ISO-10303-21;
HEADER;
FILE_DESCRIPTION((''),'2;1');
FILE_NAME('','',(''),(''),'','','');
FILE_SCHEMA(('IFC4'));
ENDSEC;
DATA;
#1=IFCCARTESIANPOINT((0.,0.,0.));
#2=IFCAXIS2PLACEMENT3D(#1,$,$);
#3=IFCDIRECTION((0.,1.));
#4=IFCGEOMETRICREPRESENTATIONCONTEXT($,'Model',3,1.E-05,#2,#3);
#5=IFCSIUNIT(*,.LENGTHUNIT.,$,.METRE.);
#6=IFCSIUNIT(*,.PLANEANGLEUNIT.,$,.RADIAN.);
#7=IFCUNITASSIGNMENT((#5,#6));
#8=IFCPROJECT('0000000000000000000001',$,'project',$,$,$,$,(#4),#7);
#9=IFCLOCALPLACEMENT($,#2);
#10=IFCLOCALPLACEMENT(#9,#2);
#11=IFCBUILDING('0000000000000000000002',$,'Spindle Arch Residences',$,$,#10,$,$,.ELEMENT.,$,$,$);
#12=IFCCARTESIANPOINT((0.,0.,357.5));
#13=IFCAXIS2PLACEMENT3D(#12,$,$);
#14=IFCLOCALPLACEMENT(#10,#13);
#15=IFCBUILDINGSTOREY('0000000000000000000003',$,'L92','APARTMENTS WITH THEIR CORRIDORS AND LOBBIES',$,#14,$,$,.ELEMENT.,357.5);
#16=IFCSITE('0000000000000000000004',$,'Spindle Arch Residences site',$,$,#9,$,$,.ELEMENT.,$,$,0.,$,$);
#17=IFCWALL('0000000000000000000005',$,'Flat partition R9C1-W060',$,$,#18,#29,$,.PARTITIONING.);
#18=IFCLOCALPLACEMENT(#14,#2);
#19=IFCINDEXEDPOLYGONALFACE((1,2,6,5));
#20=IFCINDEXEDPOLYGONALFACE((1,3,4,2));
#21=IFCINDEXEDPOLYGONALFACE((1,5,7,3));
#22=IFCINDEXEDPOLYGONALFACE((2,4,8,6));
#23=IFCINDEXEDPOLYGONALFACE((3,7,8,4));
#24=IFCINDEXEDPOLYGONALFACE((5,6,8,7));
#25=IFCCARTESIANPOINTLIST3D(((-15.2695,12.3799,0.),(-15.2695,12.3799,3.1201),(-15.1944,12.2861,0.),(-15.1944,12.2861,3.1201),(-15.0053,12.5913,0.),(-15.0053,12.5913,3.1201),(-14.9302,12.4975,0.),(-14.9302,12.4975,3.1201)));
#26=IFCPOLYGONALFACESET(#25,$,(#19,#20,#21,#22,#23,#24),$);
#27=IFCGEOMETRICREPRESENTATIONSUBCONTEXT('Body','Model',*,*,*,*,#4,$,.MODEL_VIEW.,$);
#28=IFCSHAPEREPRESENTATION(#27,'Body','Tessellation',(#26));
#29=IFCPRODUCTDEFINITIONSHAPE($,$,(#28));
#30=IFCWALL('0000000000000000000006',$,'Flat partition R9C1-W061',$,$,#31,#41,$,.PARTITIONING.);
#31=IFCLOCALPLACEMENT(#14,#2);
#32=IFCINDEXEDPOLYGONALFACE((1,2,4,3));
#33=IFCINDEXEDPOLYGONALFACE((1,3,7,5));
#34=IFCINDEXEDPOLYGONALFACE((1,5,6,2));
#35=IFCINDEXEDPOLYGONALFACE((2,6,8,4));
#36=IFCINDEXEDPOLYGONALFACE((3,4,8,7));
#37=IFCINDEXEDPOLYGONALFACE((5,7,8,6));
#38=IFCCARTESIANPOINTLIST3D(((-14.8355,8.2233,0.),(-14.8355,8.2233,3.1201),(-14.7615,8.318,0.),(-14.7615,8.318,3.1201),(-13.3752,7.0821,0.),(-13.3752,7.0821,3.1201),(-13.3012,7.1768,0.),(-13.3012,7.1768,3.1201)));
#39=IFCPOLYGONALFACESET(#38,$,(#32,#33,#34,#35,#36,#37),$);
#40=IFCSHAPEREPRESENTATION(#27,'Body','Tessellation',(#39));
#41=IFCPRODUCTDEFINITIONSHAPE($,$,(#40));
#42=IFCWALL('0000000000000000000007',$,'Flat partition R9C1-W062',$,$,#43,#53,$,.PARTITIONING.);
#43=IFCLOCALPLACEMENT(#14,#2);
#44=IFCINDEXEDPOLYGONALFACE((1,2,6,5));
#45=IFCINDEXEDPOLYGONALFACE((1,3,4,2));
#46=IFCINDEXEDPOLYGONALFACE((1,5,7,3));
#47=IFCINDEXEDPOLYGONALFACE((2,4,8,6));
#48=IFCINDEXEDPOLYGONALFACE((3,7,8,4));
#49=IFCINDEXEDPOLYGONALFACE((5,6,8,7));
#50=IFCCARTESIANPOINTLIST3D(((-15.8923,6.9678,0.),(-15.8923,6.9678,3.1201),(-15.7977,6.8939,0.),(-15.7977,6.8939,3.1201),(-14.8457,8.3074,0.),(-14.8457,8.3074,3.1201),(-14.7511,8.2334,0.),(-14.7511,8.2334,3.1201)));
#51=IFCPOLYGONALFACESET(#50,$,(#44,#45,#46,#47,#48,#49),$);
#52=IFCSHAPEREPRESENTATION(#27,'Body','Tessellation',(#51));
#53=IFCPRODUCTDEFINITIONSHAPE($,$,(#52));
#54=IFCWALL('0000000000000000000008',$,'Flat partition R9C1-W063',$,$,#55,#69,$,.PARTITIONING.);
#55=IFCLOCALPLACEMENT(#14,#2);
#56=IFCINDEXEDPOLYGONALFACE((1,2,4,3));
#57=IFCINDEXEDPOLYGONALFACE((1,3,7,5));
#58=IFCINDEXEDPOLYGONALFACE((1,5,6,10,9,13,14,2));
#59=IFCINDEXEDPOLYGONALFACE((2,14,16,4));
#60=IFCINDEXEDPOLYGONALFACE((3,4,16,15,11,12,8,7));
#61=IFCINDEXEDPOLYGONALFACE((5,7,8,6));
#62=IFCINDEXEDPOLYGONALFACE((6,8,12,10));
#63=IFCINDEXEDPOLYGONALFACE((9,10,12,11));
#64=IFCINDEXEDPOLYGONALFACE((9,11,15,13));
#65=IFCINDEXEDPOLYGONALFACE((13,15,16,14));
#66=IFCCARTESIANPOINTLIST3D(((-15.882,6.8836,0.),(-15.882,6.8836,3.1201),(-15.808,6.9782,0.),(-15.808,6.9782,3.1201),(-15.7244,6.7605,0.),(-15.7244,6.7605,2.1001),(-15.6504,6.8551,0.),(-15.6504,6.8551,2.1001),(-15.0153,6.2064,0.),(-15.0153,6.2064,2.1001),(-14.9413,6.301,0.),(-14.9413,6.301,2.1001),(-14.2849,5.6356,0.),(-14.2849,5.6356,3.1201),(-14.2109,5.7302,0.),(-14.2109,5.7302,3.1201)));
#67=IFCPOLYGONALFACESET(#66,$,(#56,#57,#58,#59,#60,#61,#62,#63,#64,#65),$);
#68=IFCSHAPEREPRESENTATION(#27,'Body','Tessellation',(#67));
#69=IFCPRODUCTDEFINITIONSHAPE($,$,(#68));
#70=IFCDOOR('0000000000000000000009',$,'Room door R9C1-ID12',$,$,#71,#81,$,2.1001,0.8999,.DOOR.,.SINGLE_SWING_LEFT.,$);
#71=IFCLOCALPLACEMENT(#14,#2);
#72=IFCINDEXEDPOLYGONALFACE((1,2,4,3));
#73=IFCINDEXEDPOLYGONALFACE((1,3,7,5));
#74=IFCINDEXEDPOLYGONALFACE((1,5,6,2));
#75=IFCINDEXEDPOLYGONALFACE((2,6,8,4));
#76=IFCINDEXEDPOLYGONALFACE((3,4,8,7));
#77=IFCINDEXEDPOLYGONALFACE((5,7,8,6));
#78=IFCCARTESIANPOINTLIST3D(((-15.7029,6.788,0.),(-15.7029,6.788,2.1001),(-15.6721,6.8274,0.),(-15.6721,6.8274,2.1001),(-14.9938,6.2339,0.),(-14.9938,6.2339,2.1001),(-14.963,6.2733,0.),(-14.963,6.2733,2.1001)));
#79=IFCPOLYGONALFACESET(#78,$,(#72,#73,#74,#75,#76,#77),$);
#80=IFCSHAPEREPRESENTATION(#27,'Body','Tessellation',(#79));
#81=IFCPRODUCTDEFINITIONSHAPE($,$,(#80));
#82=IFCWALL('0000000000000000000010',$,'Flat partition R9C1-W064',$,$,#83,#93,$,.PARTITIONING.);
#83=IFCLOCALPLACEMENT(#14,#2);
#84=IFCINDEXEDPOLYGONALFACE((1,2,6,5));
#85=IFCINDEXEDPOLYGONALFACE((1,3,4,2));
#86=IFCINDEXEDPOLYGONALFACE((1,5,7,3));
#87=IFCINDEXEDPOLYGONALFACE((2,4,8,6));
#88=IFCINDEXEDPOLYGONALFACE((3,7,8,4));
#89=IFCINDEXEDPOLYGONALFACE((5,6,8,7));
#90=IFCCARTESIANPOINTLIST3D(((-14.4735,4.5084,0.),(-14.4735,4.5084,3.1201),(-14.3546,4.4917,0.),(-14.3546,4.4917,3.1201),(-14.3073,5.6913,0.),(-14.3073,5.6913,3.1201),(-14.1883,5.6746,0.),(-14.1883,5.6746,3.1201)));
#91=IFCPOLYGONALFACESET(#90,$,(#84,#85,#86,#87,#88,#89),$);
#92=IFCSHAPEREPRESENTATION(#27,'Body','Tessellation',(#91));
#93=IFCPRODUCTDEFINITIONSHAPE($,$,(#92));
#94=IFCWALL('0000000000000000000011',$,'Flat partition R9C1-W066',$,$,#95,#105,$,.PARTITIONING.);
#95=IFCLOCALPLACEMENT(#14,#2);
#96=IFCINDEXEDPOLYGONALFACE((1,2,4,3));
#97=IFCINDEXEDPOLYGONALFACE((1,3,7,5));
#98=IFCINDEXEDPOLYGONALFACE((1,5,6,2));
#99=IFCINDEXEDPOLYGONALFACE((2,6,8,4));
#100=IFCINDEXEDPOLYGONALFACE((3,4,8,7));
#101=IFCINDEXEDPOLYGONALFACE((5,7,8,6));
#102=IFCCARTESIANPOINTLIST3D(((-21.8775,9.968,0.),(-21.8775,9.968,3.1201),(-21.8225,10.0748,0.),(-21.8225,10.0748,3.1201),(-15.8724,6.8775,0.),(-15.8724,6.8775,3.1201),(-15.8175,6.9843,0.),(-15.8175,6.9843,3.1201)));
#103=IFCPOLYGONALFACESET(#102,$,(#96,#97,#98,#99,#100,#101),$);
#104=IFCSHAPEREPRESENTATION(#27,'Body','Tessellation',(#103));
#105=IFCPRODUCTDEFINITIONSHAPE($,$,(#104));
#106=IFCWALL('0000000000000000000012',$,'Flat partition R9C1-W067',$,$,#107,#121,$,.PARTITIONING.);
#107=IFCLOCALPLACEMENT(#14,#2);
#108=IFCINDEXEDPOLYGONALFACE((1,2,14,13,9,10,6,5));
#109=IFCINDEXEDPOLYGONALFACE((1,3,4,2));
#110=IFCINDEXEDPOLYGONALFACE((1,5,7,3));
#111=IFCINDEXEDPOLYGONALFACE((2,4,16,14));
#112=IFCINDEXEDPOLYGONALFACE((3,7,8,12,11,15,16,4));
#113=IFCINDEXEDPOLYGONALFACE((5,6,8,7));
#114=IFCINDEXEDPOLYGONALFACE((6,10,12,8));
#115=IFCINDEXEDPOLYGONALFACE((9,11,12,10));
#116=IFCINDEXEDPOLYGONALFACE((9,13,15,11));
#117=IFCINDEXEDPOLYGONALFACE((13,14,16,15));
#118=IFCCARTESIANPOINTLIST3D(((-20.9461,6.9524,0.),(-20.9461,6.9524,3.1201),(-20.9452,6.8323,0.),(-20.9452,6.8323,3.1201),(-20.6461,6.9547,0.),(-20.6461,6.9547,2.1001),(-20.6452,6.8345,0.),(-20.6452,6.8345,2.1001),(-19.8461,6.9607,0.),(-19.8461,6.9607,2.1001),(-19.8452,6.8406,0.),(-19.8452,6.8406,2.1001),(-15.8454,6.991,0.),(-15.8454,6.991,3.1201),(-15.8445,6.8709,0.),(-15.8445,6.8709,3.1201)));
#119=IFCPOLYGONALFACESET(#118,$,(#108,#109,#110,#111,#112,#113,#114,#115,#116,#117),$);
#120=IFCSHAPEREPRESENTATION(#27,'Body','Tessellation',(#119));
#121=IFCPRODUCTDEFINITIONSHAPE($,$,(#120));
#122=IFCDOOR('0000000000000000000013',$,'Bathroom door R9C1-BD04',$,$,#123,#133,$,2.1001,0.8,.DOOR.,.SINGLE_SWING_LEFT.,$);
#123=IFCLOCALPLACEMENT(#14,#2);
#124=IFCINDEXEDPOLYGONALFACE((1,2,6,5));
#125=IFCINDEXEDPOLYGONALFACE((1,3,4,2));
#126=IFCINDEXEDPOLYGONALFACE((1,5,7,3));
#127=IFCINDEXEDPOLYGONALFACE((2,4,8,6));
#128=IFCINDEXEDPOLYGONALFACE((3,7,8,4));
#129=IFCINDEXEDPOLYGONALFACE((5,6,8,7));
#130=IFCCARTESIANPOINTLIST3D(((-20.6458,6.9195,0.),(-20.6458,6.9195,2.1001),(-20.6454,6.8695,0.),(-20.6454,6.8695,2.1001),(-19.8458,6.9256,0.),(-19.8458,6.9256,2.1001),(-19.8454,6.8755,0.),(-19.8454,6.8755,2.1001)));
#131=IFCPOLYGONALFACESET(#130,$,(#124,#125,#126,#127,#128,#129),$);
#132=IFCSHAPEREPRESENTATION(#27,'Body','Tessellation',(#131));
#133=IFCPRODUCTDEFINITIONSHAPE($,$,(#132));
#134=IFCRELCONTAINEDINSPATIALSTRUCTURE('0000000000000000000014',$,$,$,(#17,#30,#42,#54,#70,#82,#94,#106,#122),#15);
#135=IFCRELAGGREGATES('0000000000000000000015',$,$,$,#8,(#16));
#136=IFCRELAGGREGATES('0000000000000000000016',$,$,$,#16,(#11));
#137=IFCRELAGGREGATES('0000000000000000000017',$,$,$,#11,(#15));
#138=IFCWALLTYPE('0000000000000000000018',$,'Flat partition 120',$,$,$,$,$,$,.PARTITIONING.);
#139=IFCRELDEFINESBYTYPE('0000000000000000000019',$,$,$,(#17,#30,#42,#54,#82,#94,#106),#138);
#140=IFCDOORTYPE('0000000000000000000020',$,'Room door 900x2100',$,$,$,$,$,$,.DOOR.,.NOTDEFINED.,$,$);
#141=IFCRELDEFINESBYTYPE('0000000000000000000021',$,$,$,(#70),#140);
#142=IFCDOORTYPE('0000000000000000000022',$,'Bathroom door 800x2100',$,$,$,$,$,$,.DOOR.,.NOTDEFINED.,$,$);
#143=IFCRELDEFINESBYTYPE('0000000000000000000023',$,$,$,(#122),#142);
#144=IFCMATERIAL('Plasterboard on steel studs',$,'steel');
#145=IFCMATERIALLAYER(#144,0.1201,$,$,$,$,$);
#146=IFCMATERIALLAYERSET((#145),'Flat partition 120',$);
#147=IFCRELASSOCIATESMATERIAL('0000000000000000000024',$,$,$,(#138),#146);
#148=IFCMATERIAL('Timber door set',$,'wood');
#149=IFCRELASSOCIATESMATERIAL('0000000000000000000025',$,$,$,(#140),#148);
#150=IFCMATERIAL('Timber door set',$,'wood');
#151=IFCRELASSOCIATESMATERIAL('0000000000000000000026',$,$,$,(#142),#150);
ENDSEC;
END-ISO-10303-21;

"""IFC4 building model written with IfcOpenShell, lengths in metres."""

from ifc_helpers import new_model, si_unit, direction, frame, frame_2d, origin, place, context, subcontext, project, spatial, rectangle, extrude, material, layer, layer_set, type_object, element, fill, save


model = new_model("IFC4")

# Units and contexts
model_context = context("Model", 3, precision=1e-05, world=origin(), true_north=direction((0.0, 1.0)))
body_context = subcontext(model_context, "Body", "Model", "MODEL_VIEW")
ifc_project = project(units=[si_unit("LENGTHUNIT", "METRE"), si_unit("PLANEANGLEUNIT", "RADIAN")], contexts=[model_context])

# Site, building, storey
site_placement = place(None, origin())
site = spatial("IfcSite", under=ifc_project, at=site_placement, Name="Spindle Arch Residences site", CompositionType="ELEMENT", RefElevation=0.0)
building_placement = place(site_placement, origin())
building = spatial("IfcBuilding", under=site, at=building_placement, Name="Spindle Arch Residences", CompositionType="ELEMENT")
storey_placement = place(building_placement, frame((0.0, 0.0, 357.5)))
storey = spatial("IfcBuildingStorey", under=building, at=storey_placement, Name="L92", Description="APARTMENTS WITH THEIR CORRIDORS AND LOBBIES", CompositionType="ELEMENT", Elevation=357.5)

# Walls
ifc_material_1 = material(Name="Plasterboard on steel studs", Category="steel")
ifc_layer_1 = layer(ifc_material_1, 0.1201)
ifc_layer_set_1 = layer_set([ifc_layer_1], Name="Flat partition 120")
wall_type = type_object("IfcWallType", Name="Flat partition 120", PredefinedType="PARTITIONING", material=ifc_layer_set_1)
wall_1_placement = place(storey_placement, frame((-14.9678, 12.5444, 0.0), z_axis=(0.0, 0.0, 1.0), x_axis=(-0.780728, -0.624871, 0.0)))
element("IfcWall", 1, at=wall_1_placement, inside=storey, type_object=wall_type, Name="Flat partition R9C1-W060", PredefinedType="PARTITIONING", context=body_context, shape_type="SweptSolid", body=[
    extrude(rectangle(XDim=0.3384, YDim=0.1201, at=frame_2d((0.1692, 0.0))), origin(), (0.0, 0.0, 1.0), 3.1201),
])
wall_2_placement = place(storey_placement, frame((-13.3381, 7.1294, 0.0), z_axis=(0.0, 0.0, 1.0), x_axis=(-0.787938, 0.615754, 0.0)))
element("IfcWall", 2, at=wall_2_placement, inside=storey, type_object=wall_type, Name="Flat partition R9C1-W061", PredefinedType="PARTITIONING", context=body_context, shape_type="SweptSolid", body=[
    extrude(rectangle(XDim=1.8533, YDim=0.1201, at=frame_2d((0.9268, 0.0))), origin(), (0.0, 0.0, 1.0), 3.1201),
])
wall_3_placement = place(storey_placement, frame((-14.7983, 8.2705, 0.0), z_axis=(0.0, 0.0, 1.0), x_axis=(-0.615669, -0.788005, 0.0)))
element("IfcWall", 3, at=wall_3_placement, inside=storey, type_object=wall_type, Name="Flat partition R9C1-W062", PredefinedType="PARTITIONING", context=body_context, shape_type="SweptSolid", body=[
    extrude(rectangle(XDim=1.7, YDim=0.1201, at=frame_2d((0.8501, 0.0))), origin(), (0.0, 0.0, 1.0), 3.1201),
])

# Wall, opening, door
wall_4_placement = place(storey_placement, frame((-15.845, 6.9309, 0.0), z_axis=(0.0, 0.0, 1.0), x_axis=(0.787962, -0.615724, 0.0)))
wall_4 = element("IfcWall", 4, at=wall_4_placement, inside=storey, type_object=wall_type, Name="Flat partition R9C1-W063", PredefinedType="PARTITIONING", context=body_context, shape_type="SweptSolid", body=[
    extrude(rectangle(XDim=2.0269, YDim=0.1201, at=frame_2d((1.0134, 0.0))), origin(), (0.0, 0.0, 1.0), 3.1201),
])
opening_1_placement = place(wall_4_placement, frame((0.2, 0.0, 0.0)))
opening_1 = element("IfcOpeningElement", 5, at=opening_1_placement, cuts=wall_4, PredefinedType="OPENING", context=body_context, shape_type="SweptSolid", body=[
    extrude(rectangle(XDim=0.8999, YDim=2.1001, at=frame_2d((0.45, 1.05))), frame((0.0, 0.0701, 0.0), z_axis=(0.0, -1.0, 0.0), x_axis=(1.0, 0.0, 0.0)), (0.0, 0.0, 1.0), 0.1401),
])
ifc_material_2 = material(Name="Timber door set", Category="wood")
door_type_1 = type_object("IfcDoorType", Name="Room door 900x2100", OperationType="NOTDEFINED", PredefinedType="DOOR", material=ifc_material_2)
door_1_placement = place(opening_1_placement, origin())
door_1 = element("IfcDoor", 6, at=door_1_placement, inside=storey, type_object=door_type_1, Name="Room door R9C1-ID12", OperationType="SINGLE_SWING_LEFT", OverallHeight=2.1001, OverallWidth=0.8999, PredefinedType="DOOR", context=body_context, shape_type="SweptSolid", body=[
    extrude(rectangle(XDim=0.8999, YDim=2.1001, at=frame_2d((0.45, 1.05))), frame((0.0, 0.0249, 0.0), z_axis=(0.0, -1.0, 0.0), x_axis=(1.0, 0.0, 0.0)), (0.0, 0.0, 1.0), 0.05),
])
fill(opening_1, door_1)

# Walls
wall_5_placement = place(storey_placement, frame((-14.2478, 5.6829, 0.0), z_axis=(0.0, 0.0, 1.0), x_axis=(-0.139189, -0.990266, 0.0)))
element("IfcWall", 7, at=wall_5_placement, inside=storey, type_object=wall_type, Name="Flat partition R9C1-W064", PredefinedType="PARTITIONING", context=body_context, shape_type="SweptSolid", body=[
    extrude(rectangle(XDim=1.1946, YDim=0.1201, at=frame_2d((0.5972, 0.0))), origin(), (0.0, 0.0, 1.0), 3.1201),
])
wall_6_placement = place(storey_placement, frame((-21.8501, 10.0215, 0.0), z_axis=(0.0, 0.0, 1.0), x_axis=(0.889154, -0.457609, 0.0)))
element("IfcWall", 8, at=wall_6_placement, inside=storey, type_object=wall_type, Name="Flat partition R9C1-W066", PredefinedType="PARTITIONING", context=body_context, shape_type="SweptSolid", body=[
    extrude(rectangle(XDim=6.7537, YDim=0.1201, at=frame_2d((3.377, 0.0))), origin(), (0.0, 0.0, 1.0), 3.1201),
])

# Wall, opening, door
wall_7_placement = place(storey_placement, frame((-20.9456, 6.8923, 0.0), z_axis=(0.0, 0.0, 1.0), x_axis=(0.999971, 0.007562, 0.0)))
wall_7 = element("IfcWall", 9, at=wall_7_placement, inside=storey, type_object=wall_type, Name="Flat partition R9C1-W067", PredefinedType="PARTITIONING", context=body_context, shape_type="SweptSolid", body=[
    extrude(rectangle(XDim=5.1008, YDim=0.1201, at=frame_2d((2.5503, 0.0))), origin(), (0.0, 0.0, 1.0), 3.1201),
])
opening_2_placement = place(wall_7_placement, frame((0.3, 0.0, 0.0)))
opening_2 = element("IfcOpeningElement", 10, at=opening_2_placement, cuts=wall_7, PredefinedType="OPENING", context=body_context, shape_type="SweptSolid", body=[
    extrude(rectangle(XDim=0.8, YDim=2.1001, at=frame_2d((0.3999, 1.05))), frame((0.0, 0.0701, 0.0), z_axis=(0.0, -1.0, 0.0), x_axis=(1.0, 0.0, 0.0)), (0.0, 0.0, 1.0), 0.1401),
])
ifc_material_3 = material(Name="Timber door set", Category="wood")
door_type_2 = type_object("IfcDoorType", Name="Bathroom door 800x2100", OperationType="NOTDEFINED", PredefinedType="DOOR", material=ifc_material_3)
door_2_placement = place(opening_2_placement, origin())
door_2 = element("IfcDoor", 11, at=door_2_placement, inside=storey, type_object=door_type_2, Name="Bathroom door R9C1-BD04", OperationType="SINGLE_SWING_LEFT", OverallHeight=2.1001, OverallWidth=0.8, PredefinedType="DOOR", context=body_context, shape_type="SweptSolid", body=[
    extrude(rectangle(XDim=0.8, YDim=2.1001, at=frame_2d((0.3999, 1.05))), frame((0.0, 0.0249, 0.0), z_axis=(0.0, -1.0, 0.0), x_axis=(1.0, 0.0, 0.0)), (0.0, 0.0, 1.0), 0.05),
])
fill(opening_2, door_2)

save(model, "model.ifc")
